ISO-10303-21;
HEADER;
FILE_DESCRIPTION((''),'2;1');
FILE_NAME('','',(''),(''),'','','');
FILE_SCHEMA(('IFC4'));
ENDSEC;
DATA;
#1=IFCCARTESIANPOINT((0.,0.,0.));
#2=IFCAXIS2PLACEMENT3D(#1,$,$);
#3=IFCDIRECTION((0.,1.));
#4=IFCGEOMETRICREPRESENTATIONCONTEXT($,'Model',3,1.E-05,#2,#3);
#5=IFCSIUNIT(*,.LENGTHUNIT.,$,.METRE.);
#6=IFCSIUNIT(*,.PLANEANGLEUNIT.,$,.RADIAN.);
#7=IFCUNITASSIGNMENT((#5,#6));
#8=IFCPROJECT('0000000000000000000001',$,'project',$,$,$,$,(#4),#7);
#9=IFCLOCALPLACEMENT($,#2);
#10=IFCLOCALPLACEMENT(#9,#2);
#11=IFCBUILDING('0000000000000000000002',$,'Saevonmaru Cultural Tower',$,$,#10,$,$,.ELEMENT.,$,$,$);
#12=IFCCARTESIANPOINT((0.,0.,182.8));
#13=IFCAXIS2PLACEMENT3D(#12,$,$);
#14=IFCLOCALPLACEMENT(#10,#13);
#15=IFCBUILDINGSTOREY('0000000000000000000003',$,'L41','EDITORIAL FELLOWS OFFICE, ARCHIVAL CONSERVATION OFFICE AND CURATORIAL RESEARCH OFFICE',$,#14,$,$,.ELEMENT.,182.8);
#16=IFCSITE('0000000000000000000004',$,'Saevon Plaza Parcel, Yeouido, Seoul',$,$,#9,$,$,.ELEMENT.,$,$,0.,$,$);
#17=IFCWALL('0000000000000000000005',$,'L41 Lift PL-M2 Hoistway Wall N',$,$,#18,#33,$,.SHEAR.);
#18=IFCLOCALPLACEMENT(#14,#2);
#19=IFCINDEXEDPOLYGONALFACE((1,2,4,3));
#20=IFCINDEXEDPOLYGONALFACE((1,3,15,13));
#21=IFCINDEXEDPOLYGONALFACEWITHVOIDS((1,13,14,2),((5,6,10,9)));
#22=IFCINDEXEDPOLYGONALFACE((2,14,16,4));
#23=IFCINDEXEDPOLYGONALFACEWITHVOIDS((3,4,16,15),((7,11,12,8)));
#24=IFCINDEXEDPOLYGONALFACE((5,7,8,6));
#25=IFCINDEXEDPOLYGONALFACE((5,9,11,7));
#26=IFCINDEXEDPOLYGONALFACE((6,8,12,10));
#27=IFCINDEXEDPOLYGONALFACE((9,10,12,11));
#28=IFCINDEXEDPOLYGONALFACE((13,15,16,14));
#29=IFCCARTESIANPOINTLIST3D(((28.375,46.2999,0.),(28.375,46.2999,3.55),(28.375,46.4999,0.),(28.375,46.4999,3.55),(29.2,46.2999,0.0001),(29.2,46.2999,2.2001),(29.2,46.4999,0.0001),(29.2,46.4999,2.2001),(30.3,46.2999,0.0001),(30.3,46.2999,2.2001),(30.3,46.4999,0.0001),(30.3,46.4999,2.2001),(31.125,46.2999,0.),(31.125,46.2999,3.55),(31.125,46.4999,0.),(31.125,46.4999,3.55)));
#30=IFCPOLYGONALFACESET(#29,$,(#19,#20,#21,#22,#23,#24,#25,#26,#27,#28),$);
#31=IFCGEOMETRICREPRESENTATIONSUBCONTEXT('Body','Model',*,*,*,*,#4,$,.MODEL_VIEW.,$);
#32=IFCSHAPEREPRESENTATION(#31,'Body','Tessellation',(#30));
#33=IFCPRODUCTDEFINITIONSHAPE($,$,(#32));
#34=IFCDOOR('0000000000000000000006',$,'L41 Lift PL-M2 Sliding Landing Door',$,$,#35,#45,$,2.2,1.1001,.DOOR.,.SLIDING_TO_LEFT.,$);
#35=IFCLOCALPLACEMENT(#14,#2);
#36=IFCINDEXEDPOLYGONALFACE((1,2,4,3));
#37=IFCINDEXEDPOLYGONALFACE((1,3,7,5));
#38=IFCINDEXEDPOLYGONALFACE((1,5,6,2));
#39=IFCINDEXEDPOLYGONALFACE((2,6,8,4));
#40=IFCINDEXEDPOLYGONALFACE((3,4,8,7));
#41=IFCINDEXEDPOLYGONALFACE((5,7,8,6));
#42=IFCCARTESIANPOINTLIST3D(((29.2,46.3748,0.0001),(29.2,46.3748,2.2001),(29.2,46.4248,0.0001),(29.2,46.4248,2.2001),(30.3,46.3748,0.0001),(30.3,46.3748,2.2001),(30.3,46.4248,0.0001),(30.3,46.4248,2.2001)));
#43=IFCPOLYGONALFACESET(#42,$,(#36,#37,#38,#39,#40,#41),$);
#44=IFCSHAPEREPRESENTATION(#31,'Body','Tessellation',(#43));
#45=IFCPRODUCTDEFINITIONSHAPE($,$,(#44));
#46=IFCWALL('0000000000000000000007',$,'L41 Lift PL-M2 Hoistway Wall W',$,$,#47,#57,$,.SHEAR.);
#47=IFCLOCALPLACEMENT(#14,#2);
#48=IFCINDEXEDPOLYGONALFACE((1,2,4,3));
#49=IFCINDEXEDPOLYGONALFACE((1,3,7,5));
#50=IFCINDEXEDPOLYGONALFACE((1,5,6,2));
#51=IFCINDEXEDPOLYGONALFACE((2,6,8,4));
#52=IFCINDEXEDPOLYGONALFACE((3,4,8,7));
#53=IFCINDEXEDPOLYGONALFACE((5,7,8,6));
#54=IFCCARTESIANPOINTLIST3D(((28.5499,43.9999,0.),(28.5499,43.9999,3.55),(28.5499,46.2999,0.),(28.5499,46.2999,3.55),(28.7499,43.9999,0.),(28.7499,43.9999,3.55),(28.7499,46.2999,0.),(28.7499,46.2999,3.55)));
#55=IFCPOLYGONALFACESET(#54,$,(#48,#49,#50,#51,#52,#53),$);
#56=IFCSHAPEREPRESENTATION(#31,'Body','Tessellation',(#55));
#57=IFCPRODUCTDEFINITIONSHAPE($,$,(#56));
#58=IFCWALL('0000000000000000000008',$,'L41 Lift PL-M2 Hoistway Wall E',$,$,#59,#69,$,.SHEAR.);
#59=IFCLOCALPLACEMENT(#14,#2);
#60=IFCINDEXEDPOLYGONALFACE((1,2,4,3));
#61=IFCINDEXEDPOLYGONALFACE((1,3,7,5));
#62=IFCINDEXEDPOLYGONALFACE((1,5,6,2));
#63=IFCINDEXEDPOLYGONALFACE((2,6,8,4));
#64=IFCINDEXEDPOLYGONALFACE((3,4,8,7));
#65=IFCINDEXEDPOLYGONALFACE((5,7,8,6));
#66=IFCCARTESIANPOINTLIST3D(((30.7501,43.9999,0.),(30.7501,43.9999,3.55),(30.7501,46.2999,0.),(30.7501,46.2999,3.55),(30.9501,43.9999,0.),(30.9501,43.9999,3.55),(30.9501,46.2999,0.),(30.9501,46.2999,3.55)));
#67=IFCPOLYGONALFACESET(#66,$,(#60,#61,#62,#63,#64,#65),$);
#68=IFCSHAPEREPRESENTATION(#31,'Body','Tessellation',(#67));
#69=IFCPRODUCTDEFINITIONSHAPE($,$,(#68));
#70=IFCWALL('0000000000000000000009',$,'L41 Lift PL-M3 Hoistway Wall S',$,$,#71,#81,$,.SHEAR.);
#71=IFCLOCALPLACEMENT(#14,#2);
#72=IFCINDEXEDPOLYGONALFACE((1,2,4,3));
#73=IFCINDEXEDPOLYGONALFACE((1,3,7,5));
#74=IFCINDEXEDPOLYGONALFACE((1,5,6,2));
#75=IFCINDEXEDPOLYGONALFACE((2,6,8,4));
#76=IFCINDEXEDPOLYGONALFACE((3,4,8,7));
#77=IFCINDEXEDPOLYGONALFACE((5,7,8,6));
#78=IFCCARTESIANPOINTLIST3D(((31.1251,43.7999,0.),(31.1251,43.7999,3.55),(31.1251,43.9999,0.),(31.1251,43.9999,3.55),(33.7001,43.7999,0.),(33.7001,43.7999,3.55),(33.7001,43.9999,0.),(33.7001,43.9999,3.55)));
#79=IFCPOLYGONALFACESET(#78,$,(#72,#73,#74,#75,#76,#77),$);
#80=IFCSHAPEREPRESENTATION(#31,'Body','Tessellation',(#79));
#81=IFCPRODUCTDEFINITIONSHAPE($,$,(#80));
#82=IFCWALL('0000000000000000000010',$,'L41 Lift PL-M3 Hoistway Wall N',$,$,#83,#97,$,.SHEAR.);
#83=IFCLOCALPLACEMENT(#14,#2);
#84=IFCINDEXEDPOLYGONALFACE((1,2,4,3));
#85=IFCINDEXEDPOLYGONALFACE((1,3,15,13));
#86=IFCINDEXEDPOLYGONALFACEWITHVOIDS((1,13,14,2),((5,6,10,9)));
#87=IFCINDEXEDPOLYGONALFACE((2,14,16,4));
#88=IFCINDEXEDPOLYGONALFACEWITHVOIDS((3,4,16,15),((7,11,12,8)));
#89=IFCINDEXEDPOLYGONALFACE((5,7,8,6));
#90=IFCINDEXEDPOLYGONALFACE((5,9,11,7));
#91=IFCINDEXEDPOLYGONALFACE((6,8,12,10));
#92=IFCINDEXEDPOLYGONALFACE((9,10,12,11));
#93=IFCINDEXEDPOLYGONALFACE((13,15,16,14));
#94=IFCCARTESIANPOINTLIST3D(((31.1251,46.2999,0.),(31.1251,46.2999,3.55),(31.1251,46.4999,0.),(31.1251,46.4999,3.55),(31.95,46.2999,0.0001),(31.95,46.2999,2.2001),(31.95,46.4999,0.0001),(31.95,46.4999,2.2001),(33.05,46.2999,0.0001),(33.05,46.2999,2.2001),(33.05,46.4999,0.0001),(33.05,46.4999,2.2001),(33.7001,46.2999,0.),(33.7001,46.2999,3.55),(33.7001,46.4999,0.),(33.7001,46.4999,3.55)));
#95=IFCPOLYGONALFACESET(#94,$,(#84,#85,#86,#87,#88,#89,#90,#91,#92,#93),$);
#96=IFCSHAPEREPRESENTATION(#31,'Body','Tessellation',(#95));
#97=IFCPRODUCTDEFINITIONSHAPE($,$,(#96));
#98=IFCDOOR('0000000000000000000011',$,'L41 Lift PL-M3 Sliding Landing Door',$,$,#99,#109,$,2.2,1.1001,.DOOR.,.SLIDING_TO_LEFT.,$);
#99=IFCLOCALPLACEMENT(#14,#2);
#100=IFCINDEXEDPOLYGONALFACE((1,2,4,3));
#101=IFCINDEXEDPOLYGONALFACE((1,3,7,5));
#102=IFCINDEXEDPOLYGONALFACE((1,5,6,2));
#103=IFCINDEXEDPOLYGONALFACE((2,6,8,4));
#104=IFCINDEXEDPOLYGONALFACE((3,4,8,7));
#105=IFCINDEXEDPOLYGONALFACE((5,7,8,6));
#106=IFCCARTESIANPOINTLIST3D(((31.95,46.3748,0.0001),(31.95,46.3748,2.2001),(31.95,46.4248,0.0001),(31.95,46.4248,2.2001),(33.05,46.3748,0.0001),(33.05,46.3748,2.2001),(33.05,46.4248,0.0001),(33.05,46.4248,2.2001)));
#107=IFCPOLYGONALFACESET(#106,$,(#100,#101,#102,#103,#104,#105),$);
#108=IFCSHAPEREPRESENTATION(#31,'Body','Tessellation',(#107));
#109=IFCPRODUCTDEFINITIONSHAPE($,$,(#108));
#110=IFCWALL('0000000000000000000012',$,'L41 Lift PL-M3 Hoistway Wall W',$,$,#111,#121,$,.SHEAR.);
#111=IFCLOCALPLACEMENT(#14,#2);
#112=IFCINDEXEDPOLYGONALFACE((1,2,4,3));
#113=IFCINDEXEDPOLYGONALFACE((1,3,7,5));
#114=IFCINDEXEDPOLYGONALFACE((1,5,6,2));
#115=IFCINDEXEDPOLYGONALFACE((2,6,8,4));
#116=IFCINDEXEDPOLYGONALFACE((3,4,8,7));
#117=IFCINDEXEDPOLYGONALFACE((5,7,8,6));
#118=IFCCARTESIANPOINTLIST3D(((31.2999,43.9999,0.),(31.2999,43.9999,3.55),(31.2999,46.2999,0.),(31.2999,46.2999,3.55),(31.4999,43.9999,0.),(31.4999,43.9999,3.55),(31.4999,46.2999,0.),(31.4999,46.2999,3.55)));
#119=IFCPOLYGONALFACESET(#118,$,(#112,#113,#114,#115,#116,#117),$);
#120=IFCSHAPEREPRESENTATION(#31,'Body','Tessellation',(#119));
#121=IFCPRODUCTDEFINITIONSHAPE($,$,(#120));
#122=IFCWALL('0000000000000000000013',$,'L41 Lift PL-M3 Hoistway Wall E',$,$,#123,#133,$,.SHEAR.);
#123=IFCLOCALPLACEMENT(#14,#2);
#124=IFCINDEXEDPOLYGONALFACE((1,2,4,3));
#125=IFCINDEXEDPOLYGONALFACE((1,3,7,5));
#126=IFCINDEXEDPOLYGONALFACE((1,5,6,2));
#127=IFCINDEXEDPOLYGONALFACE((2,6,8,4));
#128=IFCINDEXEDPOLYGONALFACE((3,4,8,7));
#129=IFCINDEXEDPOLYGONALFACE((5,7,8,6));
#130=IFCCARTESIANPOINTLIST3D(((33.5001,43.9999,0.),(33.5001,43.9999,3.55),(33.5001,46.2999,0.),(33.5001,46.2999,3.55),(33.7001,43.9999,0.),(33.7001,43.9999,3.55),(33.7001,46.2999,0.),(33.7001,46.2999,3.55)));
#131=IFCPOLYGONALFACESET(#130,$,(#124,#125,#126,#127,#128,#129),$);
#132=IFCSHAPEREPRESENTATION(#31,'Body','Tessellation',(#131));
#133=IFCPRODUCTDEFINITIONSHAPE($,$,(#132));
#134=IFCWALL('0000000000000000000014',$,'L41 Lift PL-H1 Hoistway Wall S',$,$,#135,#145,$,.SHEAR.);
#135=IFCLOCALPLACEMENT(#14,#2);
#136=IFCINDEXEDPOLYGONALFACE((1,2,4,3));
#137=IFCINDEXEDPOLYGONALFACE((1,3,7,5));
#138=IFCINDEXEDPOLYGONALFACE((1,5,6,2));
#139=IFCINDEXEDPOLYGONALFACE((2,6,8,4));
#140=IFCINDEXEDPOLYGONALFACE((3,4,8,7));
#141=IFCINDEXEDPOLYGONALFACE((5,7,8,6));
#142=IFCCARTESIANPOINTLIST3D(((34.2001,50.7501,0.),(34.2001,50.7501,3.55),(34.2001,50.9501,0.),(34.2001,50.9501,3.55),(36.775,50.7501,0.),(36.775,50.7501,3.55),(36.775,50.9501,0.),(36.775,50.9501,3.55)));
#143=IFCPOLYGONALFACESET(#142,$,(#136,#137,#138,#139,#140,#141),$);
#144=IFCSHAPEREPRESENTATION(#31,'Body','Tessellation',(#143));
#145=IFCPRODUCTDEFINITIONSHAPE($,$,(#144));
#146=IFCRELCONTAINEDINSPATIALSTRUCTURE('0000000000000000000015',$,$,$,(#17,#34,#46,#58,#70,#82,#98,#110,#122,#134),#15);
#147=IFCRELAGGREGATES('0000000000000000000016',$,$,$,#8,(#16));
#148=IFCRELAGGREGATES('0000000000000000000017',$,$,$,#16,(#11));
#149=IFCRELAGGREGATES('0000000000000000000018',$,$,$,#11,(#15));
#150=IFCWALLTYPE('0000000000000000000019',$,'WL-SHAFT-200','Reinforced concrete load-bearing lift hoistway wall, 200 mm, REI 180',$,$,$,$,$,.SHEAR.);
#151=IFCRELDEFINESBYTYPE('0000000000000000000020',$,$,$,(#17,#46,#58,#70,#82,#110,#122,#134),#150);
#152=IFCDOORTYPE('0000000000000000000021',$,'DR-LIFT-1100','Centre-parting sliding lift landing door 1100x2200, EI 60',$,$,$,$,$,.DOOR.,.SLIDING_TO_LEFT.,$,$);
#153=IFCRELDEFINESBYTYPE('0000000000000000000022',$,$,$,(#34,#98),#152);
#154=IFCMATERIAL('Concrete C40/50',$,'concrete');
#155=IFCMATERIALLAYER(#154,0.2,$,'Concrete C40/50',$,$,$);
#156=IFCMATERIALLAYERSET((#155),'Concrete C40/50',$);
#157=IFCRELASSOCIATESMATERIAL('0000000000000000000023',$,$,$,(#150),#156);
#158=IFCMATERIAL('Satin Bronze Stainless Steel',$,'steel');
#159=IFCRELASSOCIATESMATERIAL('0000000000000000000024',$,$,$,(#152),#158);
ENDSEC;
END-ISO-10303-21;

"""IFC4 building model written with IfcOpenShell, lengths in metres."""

from ifc_helpers import new_model, si_unit, direction, frame, frame_2d, origin, place, context, subcontext, project, spatial, rectangle, extrude, material, layer, layer_set, type_object, element, fill, save


model = new_model("IFC4")

# Units and contexts
model_context = context("Model", 3, precision=1e-05, world=origin(), true_north=direction((0.0, 1.0)))
body_context = subcontext(model_context, "Body", "Model", "MODEL_VIEW")
ifc_project = project(units=[si_unit("LENGTHUNIT", "METRE"), si_unit("PLANEANGLEUNIT", "RADIAN")], contexts=[model_context])

# Site, building, storey
site_placement = place(None, origin())
site = spatial("IfcSite", under=ifc_project, at=site_placement, Name="Saevon Plaza Parcel, Yeouido, Seoul", CompositionType="ELEMENT", RefElevation=0.0)
building_placement = place(site_placement, origin())
building = spatial("IfcBuilding", under=site, at=building_placement, Name="Saevonmaru Cultural Tower", CompositionType="ELEMENT")
storey_placement = place(building_placement, frame((0.0, 0.0, 182.8)))
storey = spatial("IfcBuildingStorey", under=building, at=storey_placement, Name="L41", Description="EDITORIAL FELLOWS OFFICE, ARCHIVAL CONSERVATION OFFICE AND CURATORIAL RESEARCH OFFICE", CompositionType="ELEMENT", Elevation=182.8)

# Shared definitions
ifc_material_1 = material(Name="Concrete C40/50", Category="concrete")
ifc_layer_1 = layer(ifc_material_1, 0.2, Name="Concrete C40/50")
ifc_layer_set_1 = layer_set([ifc_layer_1], Name="Concrete C40/50")
wall_type_1 = type_object("IfcWallType", Name="WL-SHAFT-200", Description="Reinforced concrete load-bearing lift hoistway wall, 200 mm, REI 180", PredefinedType="SHEAR", material=ifc_layer_set_1)

# Shared definitions
ifc_material_2 = material(Name="Satin Bronze Stainless Steel", Category="steel")
door_type_1 = type_object("IfcDoorType", Name="DR-LIFT-1100", Description="Centre-parting sliding lift landing door 1100x2200, EI 60", OperationType="SLIDING_TO_LEFT", PredefinedType="DOOR", material=ifc_material_2)

# Wall, opening, door
wall_1_placement = place(storey_placement, frame((28.375, 46.3999, 0.0), z_axis=(0.0, 0.0, 1.0), x_axis=(1.0, 0.0, 0.0)))
wall_1 = element("IfcWall", 1, at=wall_1_placement, inside=storey, type_object=wall_type_1, Name="L41 Lift PL-M2 Hoistway Wall N", PredefinedType="SHEAR", context=body_context, shape_type="SweptSolid", body=[
    extrude(rectangle(XDim=2.75, YDim=0.2, at=frame_2d((1.375, 0.0))), origin(), (0.0, 0.0, 1.0), 3.55),
])
opening_1_placement = place(wall_1_placement, frame((0.825, 0.0, 0.0)))
opening_1 = element("IfcOpeningElement", 2, at=opening_1_placement, cuts=wall_1, PredefinedType="OPENING", context=body_context, shape_type="SweptSolid", body=[
    extrude(rectangle(XDim=1.1001, YDim=2.2, at=frame_2d((0.55, 1.1001))), frame((0.0, 0.1099, 0.0), z_axis=(0.0, -1.0, 0.0), x_axis=(1.0, 0.0, 0.0)), (0.0, 0.0, 1.0), 0.22),
])
door_1_placement = place(opening_1_placement, origin())
door_1 = element("IfcDoor", 3, at=door_1_placement, inside=storey, type_object=door_type_1, Name="L41 Lift PL-M2 Sliding Landing Door", OperationType="SLIDING_TO_LEFT", OverallHeight=2.2, OverallWidth=1.1001, PredefinedType="DOOR", context=body_context, shape_type="SweptSolid", body=[
    extrude(rectangle(XDim=1.1001, YDim=2.2, at=frame_2d((0.55, 1.1001))), frame((0.0, 0.0249, 0.0), z_axis=(0.0, -1.0, 0.0), x_axis=(1.0, 0.0, 0.0)), (0.0, 0.0, 1.0), 0.05),
])
fill(opening_1, door_1)

# Walls
for number, where, z_axis, x_axis, name in (
    (4, (28.6499, 44.0, 0.0), (0.0, 0.0, 1.0), (0.0, 1.0, 0.0), "L41 Lift PL-M2 Hoistway Wall W"),
    (5, (30.8501, 44.0, 0.0), (0.0, 0.0, 1.0), (0.0, 1.0, 0.0), "L41 Lift PL-M2 Hoistway Wall E"),
):
    element("IfcWall", number, at=place(storey_placement, frame(where, z_axis=z_axis, x_axis=x_axis)), inside=storey, type_object=wall_type_1, Name=name, PredefinedType="SHEAR", context=body_context, shape_type="SweptSolid", body=[
        extrude(rectangle(XDim=2.3, YDim=0.2, at=frame_2d((1.1499, 0.0))), origin(), (0.0, 0.0, 1.0), 3.55),
    ])
wall_2_placement = place(storey_placement, frame((31.125, 43.8999, 0.0), z_axis=(0.0, 0.0, 1.0), x_axis=(1.0, 0.0, 0.0)))
element("IfcWall", 6, at=wall_2_placement, inside=storey, type_object=wall_type_1, Name="L41 Lift PL-M3 Hoistway Wall S", PredefinedType="SHEAR", context=body_context, shape_type="SweptSolid", body=[
    extrude(rectangle(XDim=2.575, YDim=0.2, at=frame_2d((1.2876, 0.0))), origin(), (0.0, 0.0, 1.0), 3.55),
])

# Wall, opening, door
wall_3_placement = place(storey_placement, frame((31.125, 46.3999, 0.0), z_axis=(0.0, 0.0, 1.0), x_axis=(1.0, 0.0, 0.0)))
wall_3 = element("IfcWall", 7, at=wall_3_placement, inside=storey, type_object=wall_type_1, Name="L41 Lift PL-M3 Hoistway Wall N", PredefinedType="SHEAR", context=body_context, shape_type="SweptSolid", body=[
    extrude(rectangle(XDim=2.575, YDim=0.2, at=frame_2d((1.2876, 0.0))), origin(), (0.0, 0.0, 1.0), 3.55),
])
opening_2_placement = place(wall_3_placement, frame((0.825, 0.0, 0.0)))
opening_2 = element("IfcOpeningElement", 8, at=opening_2_placement, cuts=wall_3, PredefinedType="OPENING", context=body_context, shape_type="SweptSolid", body=[
    extrude(rectangle(XDim=1.1001, YDim=2.2, at=frame_2d((0.55, 1.1001))), frame((0.0, 0.1099, 0.0), z_axis=(0.0, -1.0, 0.0), x_axis=(1.0, 0.0, 0.0)), (0.0, 0.0, 1.0), 0.22),
])
door_2_placement = place(opening_2_placement, origin())
door_2 = element("IfcDoor", 9, at=door_2_placement, inside=storey, type_object=door_type_1, Name="L41 Lift PL-M3 Sliding Landing Door", OperationType="SLIDING_TO_LEFT", OverallHeight=2.2, OverallWidth=1.1001, PredefinedType="DOOR", context=body_context, shape_type="SweptSolid", body=[
    extrude(rectangle(XDim=1.1001, YDim=2.2, at=frame_2d((0.55, 1.1001))), frame((0.0, 0.0249, 0.0), z_axis=(0.0, -1.0, 0.0), x_axis=(1.0, 0.0, 0.0)), (0.0, 0.0, 1.0), 0.05),
])
fill(opening_2, door_2)

# Walls
for number, where, z_axis, x_axis, name in (
    (10, (31.3999, 44.0, 0.0), (0.0, 0.0, 1.0), (0.0, 1.0, 0.0), "L41 Lift PL-M3 Hoistway Wall W"),
    (11, (33.6001, 44.0, 0.0), (0.0, 0.0, 1.0), (0.0, 1.0, 0.0), "L41 Lift PL-M3 Hoistway Wall E"),
):
    element("IfcWall", number, at=place(storey_placement, frame(where, z_axis=z_axis, x_axis=x_axis)), inside=storey, type_object=wall_type_1, Name=name, PredefinedType="SHEAR", context=body_context, shape_type="SweptSolid", body=[
        extrude(rectangle(XDim=2.3, YDim=0.2, at=frame_2d((1.1499, 0.0))), origin(), (0.0, 0.0, 1.0), 3.55),
    ])
wall_4_placement = place(storey_placement, frame((34.2, 50.8501, 0.0), z_axis=(0.0, 0.0, 1.0), x_axis=(1.0, 0.0, 0.0)))
element("IfcWall", 12, at=wall_4_placement, inside=storey, type_object=wall_type_1, Name="L41 Lift PL-H1 Hoistway Wall S", PredefinedType="SHEAR", context=body_context, shape_type="SweptSolid", body=[
    extrude(rectangle(XDim=2.575, YDim=0.2, at=frame_2d((1.2876, 0.0))), origin(), (0.0, 0.0, 1.0), 3.55),
])

save(model, "model.ifc")
